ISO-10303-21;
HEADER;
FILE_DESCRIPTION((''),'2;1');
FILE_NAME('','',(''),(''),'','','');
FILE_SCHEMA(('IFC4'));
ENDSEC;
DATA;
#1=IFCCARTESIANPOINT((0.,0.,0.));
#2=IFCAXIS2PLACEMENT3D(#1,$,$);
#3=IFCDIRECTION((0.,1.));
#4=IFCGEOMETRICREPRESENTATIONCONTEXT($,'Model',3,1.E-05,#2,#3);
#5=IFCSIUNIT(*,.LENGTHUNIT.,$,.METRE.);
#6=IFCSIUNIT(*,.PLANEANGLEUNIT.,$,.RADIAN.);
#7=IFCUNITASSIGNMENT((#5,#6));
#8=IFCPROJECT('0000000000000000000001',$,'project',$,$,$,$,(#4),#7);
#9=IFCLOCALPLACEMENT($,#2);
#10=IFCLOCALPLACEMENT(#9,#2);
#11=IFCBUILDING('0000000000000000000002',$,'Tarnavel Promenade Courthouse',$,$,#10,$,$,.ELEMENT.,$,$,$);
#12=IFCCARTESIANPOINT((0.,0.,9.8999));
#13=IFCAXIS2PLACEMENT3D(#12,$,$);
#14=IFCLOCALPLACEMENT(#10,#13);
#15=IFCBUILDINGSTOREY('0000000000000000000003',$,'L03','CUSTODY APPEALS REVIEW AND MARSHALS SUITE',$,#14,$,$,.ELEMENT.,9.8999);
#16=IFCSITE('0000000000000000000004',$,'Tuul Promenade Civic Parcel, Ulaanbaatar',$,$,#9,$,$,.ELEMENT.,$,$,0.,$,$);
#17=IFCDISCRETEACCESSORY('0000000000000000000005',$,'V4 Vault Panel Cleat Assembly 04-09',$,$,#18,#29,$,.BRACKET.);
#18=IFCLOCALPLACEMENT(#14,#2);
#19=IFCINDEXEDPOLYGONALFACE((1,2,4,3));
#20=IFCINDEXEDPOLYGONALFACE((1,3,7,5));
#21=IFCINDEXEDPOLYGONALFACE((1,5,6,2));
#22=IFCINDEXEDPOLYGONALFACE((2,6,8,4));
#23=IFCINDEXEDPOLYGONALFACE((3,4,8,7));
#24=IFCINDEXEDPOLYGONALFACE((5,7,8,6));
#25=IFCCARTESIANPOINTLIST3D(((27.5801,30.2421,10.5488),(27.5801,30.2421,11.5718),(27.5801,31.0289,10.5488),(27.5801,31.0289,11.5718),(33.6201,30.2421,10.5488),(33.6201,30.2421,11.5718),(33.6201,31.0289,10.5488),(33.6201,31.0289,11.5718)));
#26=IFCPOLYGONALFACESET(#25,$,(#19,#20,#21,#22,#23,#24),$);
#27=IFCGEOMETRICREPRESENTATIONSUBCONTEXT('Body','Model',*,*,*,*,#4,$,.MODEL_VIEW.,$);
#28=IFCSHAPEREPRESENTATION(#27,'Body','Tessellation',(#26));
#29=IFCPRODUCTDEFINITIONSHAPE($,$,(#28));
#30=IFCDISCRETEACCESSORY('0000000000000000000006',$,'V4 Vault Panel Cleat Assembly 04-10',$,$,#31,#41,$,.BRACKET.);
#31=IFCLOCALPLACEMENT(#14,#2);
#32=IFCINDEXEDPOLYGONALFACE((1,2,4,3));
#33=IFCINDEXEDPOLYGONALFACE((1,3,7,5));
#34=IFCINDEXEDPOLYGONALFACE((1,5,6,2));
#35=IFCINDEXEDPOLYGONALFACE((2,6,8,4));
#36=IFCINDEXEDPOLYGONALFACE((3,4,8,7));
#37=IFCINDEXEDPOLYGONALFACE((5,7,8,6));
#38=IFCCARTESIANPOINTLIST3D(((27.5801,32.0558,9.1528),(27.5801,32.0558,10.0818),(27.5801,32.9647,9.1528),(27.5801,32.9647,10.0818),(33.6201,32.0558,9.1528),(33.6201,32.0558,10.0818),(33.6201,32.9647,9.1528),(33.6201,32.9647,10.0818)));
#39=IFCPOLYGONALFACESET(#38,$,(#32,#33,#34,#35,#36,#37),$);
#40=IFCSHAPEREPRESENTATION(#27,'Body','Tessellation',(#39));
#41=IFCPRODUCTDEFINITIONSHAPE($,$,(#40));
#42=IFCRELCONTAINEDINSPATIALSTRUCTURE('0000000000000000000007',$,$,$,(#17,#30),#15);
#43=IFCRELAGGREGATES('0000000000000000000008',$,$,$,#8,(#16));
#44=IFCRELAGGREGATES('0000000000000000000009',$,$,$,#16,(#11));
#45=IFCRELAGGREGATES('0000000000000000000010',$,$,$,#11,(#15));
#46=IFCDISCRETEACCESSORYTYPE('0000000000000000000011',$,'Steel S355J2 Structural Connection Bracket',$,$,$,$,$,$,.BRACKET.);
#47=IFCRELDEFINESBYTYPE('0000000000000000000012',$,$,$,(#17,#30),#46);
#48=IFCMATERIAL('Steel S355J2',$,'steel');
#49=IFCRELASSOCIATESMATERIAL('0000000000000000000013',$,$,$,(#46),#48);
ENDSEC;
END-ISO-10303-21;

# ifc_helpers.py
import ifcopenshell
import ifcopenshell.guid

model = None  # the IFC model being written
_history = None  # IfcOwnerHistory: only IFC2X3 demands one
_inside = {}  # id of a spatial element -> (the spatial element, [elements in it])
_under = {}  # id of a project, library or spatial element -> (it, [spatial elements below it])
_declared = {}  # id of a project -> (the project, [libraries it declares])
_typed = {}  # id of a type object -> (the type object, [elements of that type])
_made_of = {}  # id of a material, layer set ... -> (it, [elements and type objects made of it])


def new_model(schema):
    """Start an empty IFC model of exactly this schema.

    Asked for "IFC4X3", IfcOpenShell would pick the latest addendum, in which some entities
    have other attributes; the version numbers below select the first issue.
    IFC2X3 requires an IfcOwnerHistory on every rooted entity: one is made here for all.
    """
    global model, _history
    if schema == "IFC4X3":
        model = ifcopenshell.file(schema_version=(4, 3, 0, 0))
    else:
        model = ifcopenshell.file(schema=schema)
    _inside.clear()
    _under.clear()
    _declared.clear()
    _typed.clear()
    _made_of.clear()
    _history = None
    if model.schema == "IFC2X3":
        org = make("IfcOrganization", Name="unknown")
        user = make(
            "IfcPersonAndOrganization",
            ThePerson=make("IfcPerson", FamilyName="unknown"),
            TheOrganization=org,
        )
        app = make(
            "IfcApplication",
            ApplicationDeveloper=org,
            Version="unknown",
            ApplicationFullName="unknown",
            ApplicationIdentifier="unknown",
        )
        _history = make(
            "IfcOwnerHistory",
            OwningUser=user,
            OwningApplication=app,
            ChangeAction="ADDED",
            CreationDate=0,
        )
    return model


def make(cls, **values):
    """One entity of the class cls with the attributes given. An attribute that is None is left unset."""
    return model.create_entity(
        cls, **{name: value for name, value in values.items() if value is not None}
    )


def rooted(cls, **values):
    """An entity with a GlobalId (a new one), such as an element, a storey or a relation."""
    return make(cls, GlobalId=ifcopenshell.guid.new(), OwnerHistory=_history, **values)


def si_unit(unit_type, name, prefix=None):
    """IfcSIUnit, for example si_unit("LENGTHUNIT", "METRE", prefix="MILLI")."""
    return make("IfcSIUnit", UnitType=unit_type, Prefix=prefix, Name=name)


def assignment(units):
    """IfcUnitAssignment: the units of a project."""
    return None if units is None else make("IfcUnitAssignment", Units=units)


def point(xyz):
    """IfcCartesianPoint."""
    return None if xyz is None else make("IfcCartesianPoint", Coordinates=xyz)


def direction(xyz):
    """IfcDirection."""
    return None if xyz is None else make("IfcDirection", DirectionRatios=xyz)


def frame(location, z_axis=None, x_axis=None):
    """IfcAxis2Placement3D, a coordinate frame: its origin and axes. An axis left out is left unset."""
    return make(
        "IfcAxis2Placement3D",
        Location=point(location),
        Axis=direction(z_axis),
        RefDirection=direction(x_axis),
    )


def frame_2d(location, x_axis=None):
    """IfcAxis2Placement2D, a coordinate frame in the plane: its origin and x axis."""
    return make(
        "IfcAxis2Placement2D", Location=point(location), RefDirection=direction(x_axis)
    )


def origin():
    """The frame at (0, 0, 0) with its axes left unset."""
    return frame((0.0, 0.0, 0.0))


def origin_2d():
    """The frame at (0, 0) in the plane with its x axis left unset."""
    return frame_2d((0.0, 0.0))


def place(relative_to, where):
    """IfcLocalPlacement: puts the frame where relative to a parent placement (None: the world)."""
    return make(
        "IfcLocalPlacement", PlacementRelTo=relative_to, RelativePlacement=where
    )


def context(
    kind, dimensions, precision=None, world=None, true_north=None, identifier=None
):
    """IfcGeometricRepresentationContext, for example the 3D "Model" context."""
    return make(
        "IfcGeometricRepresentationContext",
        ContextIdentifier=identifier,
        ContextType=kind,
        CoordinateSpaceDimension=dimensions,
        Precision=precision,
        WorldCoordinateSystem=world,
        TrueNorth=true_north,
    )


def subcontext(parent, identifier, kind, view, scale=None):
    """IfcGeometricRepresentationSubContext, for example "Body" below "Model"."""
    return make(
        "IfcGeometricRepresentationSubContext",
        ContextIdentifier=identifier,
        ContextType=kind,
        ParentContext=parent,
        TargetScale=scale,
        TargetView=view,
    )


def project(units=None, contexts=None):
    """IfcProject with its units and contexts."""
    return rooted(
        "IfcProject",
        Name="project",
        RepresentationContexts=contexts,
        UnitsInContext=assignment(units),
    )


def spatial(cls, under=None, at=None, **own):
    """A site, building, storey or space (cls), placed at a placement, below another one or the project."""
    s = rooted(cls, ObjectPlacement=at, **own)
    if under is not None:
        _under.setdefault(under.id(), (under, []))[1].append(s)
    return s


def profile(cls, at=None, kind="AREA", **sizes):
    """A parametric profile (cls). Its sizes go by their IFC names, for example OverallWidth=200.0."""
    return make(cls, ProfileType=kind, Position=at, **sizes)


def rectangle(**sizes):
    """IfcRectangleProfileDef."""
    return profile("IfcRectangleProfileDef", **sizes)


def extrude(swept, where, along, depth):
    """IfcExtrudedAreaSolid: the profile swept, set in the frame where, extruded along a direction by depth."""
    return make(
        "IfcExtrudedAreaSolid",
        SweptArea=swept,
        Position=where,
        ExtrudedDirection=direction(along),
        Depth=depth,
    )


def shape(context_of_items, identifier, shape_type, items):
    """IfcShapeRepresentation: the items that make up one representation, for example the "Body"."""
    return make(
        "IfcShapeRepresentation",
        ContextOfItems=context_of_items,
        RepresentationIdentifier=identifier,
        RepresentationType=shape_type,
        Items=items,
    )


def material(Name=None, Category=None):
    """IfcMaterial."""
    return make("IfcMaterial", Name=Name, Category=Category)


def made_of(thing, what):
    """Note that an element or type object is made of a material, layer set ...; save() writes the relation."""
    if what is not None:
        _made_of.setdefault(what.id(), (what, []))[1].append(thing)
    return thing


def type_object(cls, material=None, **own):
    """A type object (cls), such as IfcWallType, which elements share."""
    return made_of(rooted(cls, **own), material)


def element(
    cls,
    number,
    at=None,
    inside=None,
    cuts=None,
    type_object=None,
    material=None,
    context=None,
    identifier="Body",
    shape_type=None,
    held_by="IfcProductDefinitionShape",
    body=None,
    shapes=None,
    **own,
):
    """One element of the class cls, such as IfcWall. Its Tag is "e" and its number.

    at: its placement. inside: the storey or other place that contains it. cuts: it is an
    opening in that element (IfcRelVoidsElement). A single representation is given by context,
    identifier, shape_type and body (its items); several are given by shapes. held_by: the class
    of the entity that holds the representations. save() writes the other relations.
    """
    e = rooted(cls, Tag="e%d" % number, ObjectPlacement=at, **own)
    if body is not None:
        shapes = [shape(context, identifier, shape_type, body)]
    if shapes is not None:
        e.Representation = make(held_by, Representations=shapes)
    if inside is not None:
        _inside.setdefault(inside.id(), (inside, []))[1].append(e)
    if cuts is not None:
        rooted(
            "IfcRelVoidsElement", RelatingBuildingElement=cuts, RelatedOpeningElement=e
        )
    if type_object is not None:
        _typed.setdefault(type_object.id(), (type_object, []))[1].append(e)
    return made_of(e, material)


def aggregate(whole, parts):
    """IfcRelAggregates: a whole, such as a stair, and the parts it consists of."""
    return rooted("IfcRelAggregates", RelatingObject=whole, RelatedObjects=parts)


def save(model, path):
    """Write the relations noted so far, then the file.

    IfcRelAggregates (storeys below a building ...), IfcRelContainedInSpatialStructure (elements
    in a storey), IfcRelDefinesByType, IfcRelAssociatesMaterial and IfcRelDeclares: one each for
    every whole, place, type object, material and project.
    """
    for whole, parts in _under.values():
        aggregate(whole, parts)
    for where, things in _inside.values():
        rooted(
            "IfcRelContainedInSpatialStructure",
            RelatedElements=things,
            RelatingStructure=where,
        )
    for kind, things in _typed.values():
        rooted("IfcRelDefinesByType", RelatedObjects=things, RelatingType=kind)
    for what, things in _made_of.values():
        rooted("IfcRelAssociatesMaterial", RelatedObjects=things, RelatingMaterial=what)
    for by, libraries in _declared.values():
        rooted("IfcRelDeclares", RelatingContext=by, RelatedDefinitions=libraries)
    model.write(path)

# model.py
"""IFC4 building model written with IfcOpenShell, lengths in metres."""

from ifc_helpers import new_model, si_unit, direction, frame, origin, origin_2d, place, context, subcontext, project, spatial, rectangle, extrude, material, type_object, element, save


model = new_model("IFC4")

# Units and contexts
model_context = context("Model", 3, precision=1e-05, world=origin(), true_north=direction((0.0, 1.0)))
body_context = subcontext(model_context, "Body", "Model", "MODEL_VIEW")
ifc_project = project(units=[si_unit("LENGTHUNIT", "METRE"), si_unit("PLANEANGLEUNIT", "RADIAN")], contexts=[model_context])

# Site, building, storey
site_placement = place(None, origin())
site = spatial("IfcSite", under=ifc_project, at=site_placement, Name="Tuul Promenade Civic Parcel, Ulaanbaatar", CompositionType="ELEMENT", RefElevation=0.0)
building_placement = place(site_placement, origin())
building = spatial("IfcBuilding", under=site, at=building_placement, Name="Tarnavel Promenade Courthouse", CompositionType="ELEMENT")
storey_placement = place(building_placement, frame((0.0, 0.0, 9.8999)))
storey = spatial("IfcBuildingStorey", under=building, at=storey_placement, Name="L03", Description="CUSTODY APPEALS REVIEW AND MARSHALS SUITE", CompositionType="ELEMENT", Elevation=9.8999)

# Shared definitions
ifc_material_1 = material(Name="Steel S355J2", Category="steel")

# Discrete accessories
discrete_accessory_type = type_object("IfcDiscreteAccessoryType", Name="Steel S355J2 Structural Connection Bracket", PredefinedType="BRACKET", material=ifc_material_1)
discrete_accessory_1_placement = place(storey_placement, frame((30.6001, 30.6355, 10.5488), z_axis=(0.0, 0.0, 1.0), x_axis=(1.0, 0.0, 0.0)))
element("IfcDiscreteAccessory", 1, at=discrete_accessory_1_placement, inside=storey, type_object=discrete_accessory_type, Name="V4 Vault Panel Cleat Assembly 04-09", PredefinedType="BRACKET", context=body_context, shape_type="SweptSolid", body=[
    extrude(rectangle(XDim=6.04, YDim=0.7869, at=origin_2d()), origin(), (0.0, 0.0, 1.0), 1.0229),
])
discrete_accessory_2_placement = place(storey_placement, frame((30.6001, 32.5103, 9.1528), z_axis=(0.0, 0.0, 1.0), x_axis=(1.0, 0.0, 0.0)))
element("IfcDiscreteAccessory", 2, at=discrete_accessory_2_placement, inside=storey, type_object=discrete_accessory_type, Name="V4 Vault Panel Cleat Assembly 04-10", PredefinedType="BRACKET", context=body_context, shape_type="SweptSolid", body=[
    extrude(rectangle(XDim=6.04, YDim=0.9089, at=origin_2d()), origin(), (0.0, 0.0, 1.0), 0.929),
])

save(model, "model.ifc")
